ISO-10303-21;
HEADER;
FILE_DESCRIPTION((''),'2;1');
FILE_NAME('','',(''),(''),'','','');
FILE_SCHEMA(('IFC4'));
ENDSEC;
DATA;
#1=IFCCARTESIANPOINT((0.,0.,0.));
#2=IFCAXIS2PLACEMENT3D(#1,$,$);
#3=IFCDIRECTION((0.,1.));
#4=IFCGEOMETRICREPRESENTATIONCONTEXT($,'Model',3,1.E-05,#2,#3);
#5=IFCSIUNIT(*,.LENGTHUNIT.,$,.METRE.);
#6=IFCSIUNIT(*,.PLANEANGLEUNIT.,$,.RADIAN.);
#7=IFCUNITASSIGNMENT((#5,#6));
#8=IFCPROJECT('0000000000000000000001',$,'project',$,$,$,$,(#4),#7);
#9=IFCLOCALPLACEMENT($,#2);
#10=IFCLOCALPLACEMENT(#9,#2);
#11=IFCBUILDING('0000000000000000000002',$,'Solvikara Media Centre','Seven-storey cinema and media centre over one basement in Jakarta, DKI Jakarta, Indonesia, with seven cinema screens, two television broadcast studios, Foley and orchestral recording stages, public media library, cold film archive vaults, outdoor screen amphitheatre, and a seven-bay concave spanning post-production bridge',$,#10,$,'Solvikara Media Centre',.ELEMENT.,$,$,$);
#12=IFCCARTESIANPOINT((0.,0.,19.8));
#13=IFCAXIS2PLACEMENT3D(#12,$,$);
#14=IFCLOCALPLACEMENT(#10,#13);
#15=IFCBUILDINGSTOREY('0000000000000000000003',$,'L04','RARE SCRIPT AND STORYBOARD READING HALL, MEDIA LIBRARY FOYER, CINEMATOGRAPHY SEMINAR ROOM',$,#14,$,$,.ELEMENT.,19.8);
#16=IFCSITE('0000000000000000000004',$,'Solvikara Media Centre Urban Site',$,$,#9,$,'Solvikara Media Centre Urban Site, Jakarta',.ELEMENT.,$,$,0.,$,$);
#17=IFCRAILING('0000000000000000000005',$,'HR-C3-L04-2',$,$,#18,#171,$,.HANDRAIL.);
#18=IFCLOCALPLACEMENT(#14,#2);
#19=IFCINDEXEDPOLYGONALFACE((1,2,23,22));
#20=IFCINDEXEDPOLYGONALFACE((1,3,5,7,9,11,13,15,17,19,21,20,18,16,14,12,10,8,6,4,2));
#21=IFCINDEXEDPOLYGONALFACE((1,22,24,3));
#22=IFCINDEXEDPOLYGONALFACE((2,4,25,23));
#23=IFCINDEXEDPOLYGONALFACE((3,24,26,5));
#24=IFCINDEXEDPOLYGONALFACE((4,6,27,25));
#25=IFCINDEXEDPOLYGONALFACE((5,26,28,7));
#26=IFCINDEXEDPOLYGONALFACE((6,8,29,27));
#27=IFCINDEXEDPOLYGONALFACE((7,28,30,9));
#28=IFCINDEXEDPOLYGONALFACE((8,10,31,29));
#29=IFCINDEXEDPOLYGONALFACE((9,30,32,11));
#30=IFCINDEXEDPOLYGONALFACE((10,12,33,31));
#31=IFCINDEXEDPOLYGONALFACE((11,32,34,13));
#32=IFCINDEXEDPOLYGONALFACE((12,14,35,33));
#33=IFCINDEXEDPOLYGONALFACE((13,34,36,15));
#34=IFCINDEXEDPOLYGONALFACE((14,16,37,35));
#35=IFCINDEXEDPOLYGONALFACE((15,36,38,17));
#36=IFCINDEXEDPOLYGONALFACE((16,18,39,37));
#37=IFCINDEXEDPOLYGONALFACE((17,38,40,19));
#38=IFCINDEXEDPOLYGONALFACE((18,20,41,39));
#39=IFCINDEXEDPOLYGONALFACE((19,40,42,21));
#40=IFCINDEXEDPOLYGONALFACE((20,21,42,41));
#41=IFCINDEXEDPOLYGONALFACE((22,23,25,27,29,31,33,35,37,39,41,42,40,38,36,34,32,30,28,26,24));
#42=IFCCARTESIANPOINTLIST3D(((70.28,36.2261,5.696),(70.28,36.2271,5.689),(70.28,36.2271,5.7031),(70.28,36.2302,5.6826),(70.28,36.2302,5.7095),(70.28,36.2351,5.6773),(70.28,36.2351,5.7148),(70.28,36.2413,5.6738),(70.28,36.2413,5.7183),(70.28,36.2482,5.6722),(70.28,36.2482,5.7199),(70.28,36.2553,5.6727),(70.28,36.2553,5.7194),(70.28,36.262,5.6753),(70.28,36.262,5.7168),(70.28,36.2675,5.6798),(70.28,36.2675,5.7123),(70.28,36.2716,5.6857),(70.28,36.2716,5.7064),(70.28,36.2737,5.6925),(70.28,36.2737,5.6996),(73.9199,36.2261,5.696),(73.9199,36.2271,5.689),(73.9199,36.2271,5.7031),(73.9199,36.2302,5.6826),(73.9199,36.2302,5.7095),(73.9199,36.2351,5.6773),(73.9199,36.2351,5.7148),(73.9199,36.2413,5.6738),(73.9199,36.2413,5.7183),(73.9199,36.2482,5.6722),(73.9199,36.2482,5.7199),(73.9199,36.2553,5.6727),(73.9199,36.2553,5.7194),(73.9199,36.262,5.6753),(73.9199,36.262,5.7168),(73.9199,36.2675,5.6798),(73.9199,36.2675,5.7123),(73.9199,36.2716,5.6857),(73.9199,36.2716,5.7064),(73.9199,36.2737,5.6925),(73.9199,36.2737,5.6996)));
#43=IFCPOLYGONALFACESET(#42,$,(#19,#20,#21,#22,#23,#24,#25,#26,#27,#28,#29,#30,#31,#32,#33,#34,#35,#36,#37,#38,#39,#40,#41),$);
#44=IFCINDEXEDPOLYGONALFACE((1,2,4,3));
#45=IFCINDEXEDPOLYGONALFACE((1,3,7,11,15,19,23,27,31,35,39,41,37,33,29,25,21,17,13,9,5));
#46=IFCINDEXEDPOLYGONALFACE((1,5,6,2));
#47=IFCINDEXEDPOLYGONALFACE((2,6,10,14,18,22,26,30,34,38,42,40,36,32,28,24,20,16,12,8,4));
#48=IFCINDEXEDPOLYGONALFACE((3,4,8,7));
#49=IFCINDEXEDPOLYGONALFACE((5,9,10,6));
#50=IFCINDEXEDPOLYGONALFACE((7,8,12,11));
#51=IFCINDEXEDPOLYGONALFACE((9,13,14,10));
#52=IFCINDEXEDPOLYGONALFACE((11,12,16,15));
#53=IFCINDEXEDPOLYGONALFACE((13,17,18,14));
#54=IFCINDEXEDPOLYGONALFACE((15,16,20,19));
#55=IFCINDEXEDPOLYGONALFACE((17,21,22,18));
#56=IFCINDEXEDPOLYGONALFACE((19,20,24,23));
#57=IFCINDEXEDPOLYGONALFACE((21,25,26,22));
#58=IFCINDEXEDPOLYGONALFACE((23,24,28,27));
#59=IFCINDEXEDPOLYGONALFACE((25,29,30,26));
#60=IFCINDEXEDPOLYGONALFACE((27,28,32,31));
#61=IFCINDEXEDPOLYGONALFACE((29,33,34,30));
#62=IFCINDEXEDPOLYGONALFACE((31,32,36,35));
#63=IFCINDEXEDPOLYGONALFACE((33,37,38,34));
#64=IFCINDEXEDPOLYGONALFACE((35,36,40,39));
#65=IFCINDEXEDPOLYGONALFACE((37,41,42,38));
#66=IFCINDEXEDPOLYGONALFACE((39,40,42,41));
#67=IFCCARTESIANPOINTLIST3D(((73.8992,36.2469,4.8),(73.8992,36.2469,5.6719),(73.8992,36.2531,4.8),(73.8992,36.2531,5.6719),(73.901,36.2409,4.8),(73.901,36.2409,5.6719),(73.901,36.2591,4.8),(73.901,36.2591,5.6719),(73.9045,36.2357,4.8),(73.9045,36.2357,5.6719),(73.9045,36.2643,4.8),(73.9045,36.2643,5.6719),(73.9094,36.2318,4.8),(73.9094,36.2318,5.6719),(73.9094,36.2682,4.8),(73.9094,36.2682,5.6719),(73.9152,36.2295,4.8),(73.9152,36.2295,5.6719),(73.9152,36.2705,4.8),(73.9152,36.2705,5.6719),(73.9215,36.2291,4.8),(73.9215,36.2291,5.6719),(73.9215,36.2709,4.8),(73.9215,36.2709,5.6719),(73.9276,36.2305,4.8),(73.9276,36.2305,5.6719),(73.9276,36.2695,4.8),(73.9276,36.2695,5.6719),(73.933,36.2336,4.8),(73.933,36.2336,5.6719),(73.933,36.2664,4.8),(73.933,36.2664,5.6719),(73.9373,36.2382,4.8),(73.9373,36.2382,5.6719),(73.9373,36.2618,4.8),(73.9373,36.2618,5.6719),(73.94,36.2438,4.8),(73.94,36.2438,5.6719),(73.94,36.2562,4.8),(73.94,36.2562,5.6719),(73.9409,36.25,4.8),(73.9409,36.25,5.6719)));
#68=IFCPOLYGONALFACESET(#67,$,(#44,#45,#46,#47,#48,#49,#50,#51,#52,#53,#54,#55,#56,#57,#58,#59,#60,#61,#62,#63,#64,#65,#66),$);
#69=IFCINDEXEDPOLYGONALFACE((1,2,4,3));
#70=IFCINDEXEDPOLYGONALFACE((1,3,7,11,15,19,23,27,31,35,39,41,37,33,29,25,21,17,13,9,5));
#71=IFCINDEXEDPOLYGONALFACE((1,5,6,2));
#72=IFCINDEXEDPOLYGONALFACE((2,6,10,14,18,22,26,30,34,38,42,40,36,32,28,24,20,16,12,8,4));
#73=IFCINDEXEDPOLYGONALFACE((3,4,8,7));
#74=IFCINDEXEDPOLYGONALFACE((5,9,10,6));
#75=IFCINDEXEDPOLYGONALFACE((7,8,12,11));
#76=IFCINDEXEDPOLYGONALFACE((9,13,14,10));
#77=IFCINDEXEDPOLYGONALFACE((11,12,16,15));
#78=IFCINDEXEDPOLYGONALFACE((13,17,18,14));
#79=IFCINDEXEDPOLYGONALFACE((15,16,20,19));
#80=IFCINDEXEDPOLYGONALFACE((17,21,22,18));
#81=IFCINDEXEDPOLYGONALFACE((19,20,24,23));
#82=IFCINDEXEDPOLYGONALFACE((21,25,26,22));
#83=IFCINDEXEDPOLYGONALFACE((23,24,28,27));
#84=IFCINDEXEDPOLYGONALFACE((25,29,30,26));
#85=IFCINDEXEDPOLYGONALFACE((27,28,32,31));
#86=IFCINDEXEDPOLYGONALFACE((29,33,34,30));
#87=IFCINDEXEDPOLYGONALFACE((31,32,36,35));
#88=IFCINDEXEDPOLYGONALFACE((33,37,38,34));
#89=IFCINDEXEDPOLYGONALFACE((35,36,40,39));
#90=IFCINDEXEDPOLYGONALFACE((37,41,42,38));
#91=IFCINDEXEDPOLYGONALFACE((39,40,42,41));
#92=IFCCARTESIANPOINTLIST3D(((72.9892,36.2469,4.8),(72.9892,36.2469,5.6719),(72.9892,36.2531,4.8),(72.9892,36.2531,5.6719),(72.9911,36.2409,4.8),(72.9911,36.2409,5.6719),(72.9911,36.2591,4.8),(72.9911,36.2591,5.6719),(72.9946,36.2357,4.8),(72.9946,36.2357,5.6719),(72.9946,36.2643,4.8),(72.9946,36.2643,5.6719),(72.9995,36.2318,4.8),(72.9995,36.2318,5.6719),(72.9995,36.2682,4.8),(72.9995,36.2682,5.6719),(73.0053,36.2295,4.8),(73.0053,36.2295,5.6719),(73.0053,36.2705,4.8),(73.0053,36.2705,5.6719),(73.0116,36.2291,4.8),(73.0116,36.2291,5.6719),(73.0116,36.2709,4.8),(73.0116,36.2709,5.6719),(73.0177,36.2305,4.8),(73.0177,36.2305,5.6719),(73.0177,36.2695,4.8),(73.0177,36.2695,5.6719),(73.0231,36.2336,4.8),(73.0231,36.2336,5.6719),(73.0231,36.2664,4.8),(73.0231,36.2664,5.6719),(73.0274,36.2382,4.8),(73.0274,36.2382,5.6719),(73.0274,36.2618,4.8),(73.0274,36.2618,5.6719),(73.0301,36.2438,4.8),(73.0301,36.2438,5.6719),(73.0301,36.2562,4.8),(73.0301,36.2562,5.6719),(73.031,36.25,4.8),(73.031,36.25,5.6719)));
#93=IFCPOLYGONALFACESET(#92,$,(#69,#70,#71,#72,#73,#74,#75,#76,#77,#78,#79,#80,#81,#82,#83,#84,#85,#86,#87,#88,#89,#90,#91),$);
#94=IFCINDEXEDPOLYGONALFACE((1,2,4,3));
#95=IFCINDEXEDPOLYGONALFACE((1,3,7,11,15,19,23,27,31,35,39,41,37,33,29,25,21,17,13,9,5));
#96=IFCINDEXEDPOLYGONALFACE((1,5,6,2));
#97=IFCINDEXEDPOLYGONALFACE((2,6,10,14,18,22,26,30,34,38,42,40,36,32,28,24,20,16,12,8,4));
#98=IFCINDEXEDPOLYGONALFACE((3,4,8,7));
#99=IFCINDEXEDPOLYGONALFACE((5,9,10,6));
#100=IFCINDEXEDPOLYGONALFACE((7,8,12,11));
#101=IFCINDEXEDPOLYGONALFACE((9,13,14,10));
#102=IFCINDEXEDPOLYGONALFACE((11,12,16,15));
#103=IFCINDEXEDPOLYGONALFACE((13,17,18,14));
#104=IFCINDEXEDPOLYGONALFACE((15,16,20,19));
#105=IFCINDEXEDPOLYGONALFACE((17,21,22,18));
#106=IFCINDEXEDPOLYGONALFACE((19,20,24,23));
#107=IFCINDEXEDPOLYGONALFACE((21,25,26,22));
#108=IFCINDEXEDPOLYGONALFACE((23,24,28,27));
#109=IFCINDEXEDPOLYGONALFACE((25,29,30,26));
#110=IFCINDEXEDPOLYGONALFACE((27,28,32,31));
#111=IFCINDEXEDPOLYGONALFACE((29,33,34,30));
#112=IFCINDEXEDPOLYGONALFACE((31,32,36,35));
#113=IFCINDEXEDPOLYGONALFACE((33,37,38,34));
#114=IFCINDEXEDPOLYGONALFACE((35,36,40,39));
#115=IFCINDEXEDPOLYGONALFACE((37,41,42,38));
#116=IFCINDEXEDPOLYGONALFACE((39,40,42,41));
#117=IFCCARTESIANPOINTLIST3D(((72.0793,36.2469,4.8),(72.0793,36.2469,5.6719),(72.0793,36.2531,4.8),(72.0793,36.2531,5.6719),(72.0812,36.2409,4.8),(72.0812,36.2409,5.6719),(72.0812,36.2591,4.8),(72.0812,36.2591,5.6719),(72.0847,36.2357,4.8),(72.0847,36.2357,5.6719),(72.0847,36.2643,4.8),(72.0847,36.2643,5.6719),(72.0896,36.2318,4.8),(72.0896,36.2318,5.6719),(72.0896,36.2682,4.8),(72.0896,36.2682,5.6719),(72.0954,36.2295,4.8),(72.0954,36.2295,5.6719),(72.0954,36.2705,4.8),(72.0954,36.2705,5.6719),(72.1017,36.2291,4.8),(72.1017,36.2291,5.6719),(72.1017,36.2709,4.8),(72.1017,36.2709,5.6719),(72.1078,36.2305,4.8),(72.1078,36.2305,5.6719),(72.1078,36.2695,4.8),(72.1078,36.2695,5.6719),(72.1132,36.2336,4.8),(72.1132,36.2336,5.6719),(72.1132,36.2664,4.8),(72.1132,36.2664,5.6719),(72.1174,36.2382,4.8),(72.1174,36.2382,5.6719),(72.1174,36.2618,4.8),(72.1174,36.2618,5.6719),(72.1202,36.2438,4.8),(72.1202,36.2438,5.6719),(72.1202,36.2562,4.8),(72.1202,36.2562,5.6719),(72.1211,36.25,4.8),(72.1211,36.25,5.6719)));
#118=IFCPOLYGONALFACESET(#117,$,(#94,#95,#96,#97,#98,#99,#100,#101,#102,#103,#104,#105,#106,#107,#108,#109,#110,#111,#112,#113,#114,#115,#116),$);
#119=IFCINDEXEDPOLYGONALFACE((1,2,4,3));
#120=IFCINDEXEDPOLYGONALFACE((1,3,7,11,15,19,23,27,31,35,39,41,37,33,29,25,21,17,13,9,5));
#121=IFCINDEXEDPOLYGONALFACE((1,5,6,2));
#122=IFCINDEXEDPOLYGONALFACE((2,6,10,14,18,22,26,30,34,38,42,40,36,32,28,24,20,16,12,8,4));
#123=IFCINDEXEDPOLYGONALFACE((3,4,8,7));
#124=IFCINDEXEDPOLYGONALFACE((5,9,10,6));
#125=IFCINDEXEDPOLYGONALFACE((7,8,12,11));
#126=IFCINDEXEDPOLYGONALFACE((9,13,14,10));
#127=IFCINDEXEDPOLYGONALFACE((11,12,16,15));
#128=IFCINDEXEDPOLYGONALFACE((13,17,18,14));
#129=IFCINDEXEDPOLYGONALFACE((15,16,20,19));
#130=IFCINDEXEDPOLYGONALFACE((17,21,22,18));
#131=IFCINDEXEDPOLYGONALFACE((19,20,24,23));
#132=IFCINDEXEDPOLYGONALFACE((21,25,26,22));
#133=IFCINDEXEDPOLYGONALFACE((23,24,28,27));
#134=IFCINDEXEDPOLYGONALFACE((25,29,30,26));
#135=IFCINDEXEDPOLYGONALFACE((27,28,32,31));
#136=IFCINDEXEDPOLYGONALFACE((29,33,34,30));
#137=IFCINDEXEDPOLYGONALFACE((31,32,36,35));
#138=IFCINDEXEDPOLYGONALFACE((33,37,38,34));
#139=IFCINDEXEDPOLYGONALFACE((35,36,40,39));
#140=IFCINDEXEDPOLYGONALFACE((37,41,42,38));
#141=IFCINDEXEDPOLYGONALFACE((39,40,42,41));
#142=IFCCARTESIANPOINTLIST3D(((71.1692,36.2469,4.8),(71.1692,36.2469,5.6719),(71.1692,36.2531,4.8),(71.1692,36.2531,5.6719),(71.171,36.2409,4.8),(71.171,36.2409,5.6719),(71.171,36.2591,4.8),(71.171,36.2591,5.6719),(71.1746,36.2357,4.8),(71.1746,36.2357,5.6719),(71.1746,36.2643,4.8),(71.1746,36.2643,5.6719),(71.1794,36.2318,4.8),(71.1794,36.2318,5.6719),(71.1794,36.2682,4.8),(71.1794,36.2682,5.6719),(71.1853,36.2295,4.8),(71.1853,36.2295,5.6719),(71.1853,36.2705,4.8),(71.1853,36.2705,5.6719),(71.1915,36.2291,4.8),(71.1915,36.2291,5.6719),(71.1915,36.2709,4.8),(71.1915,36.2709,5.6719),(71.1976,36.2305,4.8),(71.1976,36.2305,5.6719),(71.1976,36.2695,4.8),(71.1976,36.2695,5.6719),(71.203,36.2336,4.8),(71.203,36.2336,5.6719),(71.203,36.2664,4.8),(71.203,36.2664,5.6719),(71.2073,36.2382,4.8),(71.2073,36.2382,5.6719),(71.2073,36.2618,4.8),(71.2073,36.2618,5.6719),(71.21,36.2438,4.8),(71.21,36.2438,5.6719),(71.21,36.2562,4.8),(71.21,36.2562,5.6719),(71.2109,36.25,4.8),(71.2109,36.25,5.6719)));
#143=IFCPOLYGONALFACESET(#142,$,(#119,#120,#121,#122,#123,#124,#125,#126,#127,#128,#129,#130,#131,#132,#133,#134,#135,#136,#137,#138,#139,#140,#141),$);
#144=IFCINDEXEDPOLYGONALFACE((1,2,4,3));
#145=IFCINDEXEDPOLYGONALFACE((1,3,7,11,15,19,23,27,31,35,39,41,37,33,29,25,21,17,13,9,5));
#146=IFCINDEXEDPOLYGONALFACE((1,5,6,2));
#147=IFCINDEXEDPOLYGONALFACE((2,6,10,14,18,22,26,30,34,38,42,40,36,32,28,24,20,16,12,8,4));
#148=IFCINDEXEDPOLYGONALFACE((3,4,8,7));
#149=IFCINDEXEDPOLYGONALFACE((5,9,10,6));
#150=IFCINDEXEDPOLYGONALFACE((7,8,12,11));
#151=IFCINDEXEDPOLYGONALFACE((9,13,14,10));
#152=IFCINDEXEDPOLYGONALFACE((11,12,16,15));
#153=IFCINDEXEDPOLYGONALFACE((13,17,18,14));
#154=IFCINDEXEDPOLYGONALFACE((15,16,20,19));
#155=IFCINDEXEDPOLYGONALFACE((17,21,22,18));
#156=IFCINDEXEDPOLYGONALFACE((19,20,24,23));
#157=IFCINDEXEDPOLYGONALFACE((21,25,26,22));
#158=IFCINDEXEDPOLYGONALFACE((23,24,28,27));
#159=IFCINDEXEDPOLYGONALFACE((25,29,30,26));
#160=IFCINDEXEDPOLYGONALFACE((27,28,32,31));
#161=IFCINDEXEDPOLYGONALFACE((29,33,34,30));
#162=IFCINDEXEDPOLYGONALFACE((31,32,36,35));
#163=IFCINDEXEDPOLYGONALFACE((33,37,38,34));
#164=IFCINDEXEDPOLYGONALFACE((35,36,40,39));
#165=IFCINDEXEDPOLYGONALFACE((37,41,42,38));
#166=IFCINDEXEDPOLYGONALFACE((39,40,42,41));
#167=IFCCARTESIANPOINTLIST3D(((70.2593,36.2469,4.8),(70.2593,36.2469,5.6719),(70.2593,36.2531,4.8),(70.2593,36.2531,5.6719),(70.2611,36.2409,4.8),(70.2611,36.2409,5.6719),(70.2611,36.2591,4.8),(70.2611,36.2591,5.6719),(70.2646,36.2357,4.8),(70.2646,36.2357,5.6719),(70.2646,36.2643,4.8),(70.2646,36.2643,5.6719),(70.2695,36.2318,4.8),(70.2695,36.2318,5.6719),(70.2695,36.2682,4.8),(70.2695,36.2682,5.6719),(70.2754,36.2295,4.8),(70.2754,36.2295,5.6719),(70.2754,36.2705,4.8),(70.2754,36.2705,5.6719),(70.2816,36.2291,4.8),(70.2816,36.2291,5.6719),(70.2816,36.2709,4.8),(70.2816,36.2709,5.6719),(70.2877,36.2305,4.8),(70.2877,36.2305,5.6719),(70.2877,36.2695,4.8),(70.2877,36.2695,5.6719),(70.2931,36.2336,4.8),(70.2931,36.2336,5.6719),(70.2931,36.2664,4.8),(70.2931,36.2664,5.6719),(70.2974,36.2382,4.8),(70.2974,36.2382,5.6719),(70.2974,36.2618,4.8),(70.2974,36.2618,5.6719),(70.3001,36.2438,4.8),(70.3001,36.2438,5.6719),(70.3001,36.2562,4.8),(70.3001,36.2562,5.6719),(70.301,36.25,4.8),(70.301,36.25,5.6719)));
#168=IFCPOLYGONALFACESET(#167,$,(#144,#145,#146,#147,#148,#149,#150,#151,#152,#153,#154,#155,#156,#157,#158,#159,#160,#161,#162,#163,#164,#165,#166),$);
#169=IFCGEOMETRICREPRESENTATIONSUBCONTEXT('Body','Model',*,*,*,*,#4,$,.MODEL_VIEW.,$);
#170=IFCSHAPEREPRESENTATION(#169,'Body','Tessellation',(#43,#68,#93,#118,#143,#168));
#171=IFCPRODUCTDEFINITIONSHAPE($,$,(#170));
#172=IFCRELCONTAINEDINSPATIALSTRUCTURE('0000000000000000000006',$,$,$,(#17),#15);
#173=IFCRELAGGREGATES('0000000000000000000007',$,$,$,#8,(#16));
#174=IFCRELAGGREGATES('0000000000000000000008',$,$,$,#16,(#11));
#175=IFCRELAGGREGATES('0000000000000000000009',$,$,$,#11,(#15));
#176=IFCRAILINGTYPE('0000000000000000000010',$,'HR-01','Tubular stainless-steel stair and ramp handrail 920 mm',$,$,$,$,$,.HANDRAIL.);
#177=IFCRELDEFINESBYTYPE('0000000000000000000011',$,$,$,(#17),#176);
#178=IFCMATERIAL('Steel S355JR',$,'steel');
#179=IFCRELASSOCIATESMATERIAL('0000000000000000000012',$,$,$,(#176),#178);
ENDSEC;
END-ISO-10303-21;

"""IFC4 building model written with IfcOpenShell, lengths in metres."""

from ifc_helpers import new_model, si_unit, direction, frame, origin, origin_2d, place, context, subcontext, project, spatial, circle, extrude, material, type_object, element, save


model = new_model("IFC4")

# Units and contexts
model_context = context("Model", 3, precision=1e-05, world=origin(), true_north=direction((0.0, 1.0)))
body_context = subcontext(model_context, "Body", "Model", "MODEL_VIEW")
ifc_project = project(units=[si_unit("LENGTHUNIT", "METRE"), si_unit("PLANEANGLEUNIT", "RADIAN")], contexts=[model_context])

# Site, building, storey
site_placement = place(None, origin())
site = spatial("IfcSite", under=ifc_project, at=site_placement, Name="Solvikara Media Centre Urban Site", LongName="Solvikara Media Centre Urban Site, Jakarta", CompositionType="ELEMENT", RefElevation=0.0)
building_placement = place(site_placement, origin())
building = spatial("IfcBuilding", under=site, at=building_placement, Name="Solvikara Media Centre", Description="Seven-storey cinema and media centre over one basement in Jakarta, DKI Jakarta, Indonesia, with seven cinema screens, two television broadcast studios, Foley and orchestral recording stages, public media library, cold film archive vaults, outdoor screen amphitheatre, and a seven-bay concave spanning post-production bridge", LongName="Solvikara Media Centre", CompositionType="ELEMENT")
storey_placement = place(building_placement, frame((0.0, 0.0, 19.8)))
storey = spatial("IfcBuildingStorey", under=building, at=storey_placement, Name="L04", Description="RARE SCRIPT AND STORYBOARD READING HALL, MEDIA LIBRARY FOYER, CINEMATOGRAPHY SEMINAR ROOM", CompositionType="ELEMENT", Elevation=19.8)

# Shared definitions
ifc_material_1 = material(Name="Steel S355JR", Category="steel")

# Railing
railing_type_1 = type_object("IfcRailingType", Name="HR-01", Description="Tubular stainless-steel stair and ramp handrail 920 mm", PredefinedType="HANDRAIL", material=ifc_material_1)
railing_1_placement = place(storey_placement, frame((73.9199, 36.25, 4.8)))
element("IfcRailing", 1, at=railing_1_placement, inside=storey, type_object=railing_type_1, Name="HR-C3-L04-2", PredefinedType="HANDRAIL", context=body_context, shape_type="SweptSolid", body=[
    extrude(circle(Radius=0.0239, at=origin_2d()), frame((0.0, 0.0, 0.896), z_axis=(-1.0, 0.0, 0.0), x_axis=(0.0, -1.0, 0.0)), (0.0, 0.0, 1.0), 3.6399),
    extrude(circle(Radius=0.021, at=origin_2d()), origin(), (0.0, 0.0, 1.0), 0.8718),
    extrude(circle(Radius=0.021, at=origin_2d()), frame((-0.9099, 0.0, 0.0)), (0.0, 0.0, 1.0), 0.8718),
    extrude(circle(Radius=0.021, at=origin_2d()), frame((-1.8198, 0.0, 0.0)), (0.0, 0.0, 1.0), 0.8718),
    extrude(circle(Radius=0.021, at=origin_2d()), frame((-2.73, 0.0, 0.0)), (0.0, 0.0, 1.0), 0.8718),
    extrude(circle(Radius=0.021, at=origin_2d()), frame((-3.6399, 0.0, 0.0)), (0.0, 0.0, 1.0), 0.8718),
])

save(model, "model.ifc")
